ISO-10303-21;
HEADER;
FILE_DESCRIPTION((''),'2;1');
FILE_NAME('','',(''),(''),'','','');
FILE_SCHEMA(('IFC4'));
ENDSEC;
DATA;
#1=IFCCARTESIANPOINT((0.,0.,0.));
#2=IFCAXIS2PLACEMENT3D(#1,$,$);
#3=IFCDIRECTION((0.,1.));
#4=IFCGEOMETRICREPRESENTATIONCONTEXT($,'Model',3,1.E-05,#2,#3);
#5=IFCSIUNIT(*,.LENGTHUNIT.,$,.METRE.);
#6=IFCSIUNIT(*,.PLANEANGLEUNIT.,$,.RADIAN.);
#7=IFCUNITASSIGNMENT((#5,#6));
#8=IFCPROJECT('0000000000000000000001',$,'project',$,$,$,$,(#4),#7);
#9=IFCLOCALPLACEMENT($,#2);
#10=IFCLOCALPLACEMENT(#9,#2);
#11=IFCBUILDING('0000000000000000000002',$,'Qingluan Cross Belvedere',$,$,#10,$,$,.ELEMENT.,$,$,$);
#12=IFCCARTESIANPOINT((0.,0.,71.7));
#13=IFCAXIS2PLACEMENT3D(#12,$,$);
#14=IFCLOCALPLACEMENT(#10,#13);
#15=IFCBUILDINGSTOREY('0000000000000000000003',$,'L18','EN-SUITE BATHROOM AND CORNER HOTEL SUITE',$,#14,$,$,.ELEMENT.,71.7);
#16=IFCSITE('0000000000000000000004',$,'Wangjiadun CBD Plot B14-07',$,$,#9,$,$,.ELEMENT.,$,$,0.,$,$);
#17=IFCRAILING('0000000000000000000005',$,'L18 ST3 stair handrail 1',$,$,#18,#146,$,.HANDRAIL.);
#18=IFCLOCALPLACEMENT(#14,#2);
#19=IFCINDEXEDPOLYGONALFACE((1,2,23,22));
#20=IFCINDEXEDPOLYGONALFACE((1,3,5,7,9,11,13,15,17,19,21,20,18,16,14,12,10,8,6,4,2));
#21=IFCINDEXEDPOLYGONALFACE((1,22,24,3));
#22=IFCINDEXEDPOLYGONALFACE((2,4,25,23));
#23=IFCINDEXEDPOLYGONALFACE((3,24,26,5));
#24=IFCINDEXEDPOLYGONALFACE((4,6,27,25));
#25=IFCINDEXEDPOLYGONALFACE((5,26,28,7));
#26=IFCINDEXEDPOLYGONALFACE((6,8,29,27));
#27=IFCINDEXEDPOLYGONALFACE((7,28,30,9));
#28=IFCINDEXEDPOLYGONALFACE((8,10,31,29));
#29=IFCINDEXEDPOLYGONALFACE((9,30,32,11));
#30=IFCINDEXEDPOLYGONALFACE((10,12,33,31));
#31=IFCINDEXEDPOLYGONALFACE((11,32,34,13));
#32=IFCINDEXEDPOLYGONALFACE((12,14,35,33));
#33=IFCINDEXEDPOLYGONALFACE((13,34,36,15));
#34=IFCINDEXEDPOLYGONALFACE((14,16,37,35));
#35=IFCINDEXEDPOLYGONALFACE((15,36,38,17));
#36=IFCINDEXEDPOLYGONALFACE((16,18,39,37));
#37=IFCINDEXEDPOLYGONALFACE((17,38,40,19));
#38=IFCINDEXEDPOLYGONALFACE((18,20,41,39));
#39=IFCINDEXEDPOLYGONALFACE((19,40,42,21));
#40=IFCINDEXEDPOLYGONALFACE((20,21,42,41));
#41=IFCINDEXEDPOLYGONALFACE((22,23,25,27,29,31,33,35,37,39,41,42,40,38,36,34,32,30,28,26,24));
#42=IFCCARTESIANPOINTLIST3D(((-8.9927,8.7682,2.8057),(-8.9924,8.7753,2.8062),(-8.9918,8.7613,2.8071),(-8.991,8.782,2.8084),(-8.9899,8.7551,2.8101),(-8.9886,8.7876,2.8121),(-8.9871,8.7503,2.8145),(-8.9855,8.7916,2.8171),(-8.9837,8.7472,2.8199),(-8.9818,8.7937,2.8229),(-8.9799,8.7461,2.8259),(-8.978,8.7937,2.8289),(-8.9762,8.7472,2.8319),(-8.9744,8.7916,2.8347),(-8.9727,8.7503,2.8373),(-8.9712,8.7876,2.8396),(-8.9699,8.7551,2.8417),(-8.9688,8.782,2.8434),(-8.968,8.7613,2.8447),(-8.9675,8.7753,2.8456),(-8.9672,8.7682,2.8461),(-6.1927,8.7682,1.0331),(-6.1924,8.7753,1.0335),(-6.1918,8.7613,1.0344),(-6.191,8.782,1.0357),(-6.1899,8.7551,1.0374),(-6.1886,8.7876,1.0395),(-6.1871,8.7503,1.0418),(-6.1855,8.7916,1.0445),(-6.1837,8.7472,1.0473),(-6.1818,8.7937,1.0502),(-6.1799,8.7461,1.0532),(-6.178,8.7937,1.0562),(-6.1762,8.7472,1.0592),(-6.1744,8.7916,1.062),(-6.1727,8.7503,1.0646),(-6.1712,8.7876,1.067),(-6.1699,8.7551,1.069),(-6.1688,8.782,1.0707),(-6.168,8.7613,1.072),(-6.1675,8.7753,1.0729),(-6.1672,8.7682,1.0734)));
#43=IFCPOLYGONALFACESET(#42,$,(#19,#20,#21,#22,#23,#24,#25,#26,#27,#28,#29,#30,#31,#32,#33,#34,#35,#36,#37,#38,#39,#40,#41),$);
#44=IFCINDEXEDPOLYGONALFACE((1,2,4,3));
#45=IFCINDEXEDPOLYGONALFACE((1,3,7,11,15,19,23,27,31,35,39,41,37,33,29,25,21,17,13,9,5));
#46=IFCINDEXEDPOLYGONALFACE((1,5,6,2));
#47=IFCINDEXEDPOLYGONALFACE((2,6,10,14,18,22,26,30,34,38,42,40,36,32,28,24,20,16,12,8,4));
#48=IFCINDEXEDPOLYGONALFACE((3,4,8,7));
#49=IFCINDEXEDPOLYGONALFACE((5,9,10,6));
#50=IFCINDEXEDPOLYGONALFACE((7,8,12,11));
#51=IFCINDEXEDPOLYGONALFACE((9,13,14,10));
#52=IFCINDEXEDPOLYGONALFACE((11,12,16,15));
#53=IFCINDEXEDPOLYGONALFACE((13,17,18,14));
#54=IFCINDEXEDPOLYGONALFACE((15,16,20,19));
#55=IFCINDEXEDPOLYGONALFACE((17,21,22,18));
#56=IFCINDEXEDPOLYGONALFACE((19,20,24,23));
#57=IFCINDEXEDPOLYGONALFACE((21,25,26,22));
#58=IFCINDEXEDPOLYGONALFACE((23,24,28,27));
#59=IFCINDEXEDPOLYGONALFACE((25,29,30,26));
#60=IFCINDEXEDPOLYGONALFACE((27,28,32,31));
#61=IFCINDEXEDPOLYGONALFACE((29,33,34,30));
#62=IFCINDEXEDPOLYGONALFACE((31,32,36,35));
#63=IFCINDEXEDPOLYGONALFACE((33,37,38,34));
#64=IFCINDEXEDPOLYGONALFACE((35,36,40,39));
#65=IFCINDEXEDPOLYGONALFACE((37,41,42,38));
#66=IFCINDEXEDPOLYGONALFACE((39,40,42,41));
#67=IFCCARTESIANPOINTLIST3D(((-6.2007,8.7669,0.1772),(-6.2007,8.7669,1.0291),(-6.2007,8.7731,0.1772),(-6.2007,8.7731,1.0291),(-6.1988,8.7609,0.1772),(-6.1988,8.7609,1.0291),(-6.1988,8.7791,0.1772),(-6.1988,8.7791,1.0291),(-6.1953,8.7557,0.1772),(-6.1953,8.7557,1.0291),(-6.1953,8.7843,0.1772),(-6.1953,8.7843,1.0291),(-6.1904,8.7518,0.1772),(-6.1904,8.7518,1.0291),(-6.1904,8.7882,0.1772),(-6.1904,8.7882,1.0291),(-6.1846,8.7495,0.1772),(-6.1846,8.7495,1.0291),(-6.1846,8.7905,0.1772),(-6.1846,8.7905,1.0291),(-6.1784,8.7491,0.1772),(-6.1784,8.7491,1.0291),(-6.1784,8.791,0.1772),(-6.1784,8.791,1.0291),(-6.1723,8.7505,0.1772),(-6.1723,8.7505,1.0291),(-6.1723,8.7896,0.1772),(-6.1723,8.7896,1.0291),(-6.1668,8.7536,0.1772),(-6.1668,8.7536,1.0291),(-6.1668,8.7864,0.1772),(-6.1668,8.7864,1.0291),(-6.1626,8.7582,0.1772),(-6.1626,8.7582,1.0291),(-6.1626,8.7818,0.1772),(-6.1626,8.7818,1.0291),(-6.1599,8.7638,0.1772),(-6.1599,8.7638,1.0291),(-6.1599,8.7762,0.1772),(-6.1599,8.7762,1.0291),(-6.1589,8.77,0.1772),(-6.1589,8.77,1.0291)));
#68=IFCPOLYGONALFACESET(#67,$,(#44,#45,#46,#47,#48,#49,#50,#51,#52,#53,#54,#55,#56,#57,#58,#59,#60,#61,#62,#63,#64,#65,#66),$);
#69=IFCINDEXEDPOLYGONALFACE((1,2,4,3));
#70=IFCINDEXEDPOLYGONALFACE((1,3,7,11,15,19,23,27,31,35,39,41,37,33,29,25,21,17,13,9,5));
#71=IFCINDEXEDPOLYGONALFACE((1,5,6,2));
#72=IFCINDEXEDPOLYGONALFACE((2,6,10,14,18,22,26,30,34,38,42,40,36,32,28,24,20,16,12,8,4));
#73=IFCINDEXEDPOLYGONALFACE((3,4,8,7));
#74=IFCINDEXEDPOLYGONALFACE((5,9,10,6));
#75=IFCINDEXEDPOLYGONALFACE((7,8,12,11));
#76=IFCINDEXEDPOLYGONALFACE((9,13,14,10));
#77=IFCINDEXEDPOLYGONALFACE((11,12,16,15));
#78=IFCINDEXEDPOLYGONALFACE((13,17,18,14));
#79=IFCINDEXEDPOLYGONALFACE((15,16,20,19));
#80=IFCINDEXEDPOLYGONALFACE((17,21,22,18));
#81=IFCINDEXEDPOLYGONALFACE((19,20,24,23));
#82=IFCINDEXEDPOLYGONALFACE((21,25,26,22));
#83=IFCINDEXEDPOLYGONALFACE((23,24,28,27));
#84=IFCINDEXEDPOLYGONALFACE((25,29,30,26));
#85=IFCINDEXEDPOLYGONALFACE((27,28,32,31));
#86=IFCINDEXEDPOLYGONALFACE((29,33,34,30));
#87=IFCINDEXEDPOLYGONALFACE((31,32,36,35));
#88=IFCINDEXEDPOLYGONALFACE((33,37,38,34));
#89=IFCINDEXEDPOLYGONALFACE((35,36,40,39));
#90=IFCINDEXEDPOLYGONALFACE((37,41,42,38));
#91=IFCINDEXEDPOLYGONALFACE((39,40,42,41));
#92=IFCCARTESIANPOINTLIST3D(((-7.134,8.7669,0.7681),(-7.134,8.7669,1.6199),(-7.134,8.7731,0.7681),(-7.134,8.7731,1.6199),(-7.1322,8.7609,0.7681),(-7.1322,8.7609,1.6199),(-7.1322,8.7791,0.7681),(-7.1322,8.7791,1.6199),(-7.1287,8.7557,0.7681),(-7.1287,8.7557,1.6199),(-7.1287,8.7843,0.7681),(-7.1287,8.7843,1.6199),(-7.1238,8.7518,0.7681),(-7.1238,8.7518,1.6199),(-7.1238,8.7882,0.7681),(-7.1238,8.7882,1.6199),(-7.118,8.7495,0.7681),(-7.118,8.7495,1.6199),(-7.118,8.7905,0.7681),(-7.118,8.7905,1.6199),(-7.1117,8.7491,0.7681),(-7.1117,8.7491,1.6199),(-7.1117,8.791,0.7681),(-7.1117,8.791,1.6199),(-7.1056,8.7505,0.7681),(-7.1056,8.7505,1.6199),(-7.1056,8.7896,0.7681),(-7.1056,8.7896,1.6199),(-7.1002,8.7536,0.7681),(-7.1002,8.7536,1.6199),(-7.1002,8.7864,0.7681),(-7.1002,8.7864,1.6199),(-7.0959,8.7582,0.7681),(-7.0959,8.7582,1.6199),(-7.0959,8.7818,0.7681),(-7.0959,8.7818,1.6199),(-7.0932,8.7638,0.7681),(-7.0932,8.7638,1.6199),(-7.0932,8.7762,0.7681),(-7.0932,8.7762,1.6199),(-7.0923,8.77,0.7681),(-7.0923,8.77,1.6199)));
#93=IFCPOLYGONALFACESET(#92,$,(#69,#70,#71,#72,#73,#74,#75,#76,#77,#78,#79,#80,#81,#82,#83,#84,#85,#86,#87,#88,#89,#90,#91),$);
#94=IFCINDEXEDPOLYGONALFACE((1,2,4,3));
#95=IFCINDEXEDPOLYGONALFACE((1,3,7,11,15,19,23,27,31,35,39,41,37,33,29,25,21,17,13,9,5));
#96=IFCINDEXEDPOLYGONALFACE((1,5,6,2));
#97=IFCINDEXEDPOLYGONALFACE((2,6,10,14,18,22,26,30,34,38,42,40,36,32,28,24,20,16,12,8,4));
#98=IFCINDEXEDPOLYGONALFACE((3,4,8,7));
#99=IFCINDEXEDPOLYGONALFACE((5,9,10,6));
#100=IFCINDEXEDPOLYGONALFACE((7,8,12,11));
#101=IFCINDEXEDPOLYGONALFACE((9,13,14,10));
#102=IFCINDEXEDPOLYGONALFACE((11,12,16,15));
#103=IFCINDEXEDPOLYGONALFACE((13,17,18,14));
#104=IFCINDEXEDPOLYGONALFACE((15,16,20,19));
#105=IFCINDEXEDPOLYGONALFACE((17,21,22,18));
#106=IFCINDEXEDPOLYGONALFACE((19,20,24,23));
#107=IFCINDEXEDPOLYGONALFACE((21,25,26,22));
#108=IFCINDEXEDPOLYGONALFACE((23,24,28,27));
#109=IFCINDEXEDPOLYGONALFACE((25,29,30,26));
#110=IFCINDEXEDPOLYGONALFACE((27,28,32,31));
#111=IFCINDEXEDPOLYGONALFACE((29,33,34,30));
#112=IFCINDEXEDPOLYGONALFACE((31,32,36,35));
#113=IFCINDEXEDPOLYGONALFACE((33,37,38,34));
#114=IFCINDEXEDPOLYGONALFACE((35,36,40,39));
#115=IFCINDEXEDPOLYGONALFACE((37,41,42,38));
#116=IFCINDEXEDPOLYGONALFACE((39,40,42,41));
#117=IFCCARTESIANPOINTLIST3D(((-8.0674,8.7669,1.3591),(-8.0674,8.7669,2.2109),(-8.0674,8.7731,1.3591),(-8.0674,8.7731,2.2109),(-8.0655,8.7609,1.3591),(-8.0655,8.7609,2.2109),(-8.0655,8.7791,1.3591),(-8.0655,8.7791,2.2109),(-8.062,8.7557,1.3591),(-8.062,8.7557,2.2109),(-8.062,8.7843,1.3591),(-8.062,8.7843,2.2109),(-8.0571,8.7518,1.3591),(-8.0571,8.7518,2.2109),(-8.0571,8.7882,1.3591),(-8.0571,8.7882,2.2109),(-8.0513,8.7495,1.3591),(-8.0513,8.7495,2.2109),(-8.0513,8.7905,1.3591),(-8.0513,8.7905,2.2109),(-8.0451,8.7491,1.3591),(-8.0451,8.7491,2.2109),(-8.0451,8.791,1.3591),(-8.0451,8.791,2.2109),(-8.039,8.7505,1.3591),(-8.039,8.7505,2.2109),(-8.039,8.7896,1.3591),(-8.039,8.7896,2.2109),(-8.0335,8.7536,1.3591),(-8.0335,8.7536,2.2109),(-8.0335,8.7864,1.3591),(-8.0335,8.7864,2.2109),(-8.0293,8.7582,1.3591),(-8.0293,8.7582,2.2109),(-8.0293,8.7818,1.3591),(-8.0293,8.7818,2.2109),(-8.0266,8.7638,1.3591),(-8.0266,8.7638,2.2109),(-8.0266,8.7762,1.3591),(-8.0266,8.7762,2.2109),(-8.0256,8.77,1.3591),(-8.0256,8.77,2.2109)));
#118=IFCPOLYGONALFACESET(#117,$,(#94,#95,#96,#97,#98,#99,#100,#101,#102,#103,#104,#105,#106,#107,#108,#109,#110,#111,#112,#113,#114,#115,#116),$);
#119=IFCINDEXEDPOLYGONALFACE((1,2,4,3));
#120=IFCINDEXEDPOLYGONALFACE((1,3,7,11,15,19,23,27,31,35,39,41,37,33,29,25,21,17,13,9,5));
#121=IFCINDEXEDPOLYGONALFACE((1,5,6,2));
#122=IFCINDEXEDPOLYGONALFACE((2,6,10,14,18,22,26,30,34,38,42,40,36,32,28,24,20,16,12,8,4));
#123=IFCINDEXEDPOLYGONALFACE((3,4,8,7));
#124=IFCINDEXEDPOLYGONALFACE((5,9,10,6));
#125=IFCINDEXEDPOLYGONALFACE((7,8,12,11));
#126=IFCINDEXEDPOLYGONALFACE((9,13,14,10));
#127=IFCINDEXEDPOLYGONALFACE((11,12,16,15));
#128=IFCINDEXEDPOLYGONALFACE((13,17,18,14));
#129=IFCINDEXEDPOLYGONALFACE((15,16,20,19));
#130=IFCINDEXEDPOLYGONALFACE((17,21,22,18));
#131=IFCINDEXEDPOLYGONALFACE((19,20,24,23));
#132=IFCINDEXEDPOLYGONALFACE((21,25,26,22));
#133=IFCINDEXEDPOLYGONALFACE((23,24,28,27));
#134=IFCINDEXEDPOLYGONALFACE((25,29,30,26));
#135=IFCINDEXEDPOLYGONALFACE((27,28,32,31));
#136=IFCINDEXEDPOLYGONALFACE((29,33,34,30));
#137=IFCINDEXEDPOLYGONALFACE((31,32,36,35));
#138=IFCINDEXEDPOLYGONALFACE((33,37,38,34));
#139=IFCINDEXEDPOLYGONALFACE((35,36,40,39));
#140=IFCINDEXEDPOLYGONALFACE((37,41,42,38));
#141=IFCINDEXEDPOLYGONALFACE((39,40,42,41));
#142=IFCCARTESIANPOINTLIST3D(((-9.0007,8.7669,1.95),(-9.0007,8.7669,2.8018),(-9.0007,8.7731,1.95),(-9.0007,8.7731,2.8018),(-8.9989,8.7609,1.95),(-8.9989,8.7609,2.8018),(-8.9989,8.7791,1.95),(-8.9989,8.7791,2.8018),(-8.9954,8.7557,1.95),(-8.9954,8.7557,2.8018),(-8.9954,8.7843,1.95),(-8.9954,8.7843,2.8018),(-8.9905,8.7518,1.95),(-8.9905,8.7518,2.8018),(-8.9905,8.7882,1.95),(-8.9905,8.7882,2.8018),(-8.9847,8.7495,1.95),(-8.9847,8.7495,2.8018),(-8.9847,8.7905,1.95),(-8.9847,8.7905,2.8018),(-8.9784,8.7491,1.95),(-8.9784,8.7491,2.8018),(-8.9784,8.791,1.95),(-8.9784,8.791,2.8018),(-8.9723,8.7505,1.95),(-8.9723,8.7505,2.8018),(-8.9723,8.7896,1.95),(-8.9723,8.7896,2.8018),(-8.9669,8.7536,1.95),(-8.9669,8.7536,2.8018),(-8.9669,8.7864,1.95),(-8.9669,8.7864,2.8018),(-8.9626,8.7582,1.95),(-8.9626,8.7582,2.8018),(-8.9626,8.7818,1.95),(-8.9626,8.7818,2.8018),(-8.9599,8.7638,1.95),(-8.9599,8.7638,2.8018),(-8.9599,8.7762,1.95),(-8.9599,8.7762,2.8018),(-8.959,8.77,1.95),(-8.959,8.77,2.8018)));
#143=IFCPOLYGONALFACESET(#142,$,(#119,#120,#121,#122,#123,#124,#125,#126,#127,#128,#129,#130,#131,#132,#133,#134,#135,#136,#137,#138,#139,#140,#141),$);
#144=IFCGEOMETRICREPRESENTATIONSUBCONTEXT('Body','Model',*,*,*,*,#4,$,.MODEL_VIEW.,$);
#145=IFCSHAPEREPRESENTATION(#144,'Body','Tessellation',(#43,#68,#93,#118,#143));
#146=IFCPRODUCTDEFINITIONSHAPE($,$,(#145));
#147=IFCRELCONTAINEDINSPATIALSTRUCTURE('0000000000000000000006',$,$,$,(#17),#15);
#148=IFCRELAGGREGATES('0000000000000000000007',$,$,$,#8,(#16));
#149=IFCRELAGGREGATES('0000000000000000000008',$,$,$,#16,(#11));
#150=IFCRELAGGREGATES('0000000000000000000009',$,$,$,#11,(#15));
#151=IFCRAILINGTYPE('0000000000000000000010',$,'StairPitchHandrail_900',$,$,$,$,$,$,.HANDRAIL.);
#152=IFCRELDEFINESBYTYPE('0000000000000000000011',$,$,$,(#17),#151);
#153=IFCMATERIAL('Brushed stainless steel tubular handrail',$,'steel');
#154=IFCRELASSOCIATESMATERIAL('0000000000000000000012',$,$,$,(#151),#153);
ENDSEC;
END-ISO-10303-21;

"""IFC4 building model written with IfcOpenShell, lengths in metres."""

from ifc_helpers import new_model, si_unit, direction, frame, origin, origin_2d, place, context, subcontext, project, spatial, circle, extrude, material, type_object, element, save


model = new_model("IFC4")

# Units and contexts
model_context = context("Model", 3, precision=1e-05, world=origin(), true_north=direction((0.0, 1.0)))
body_context = subcontext(model_context, "Body", "Model", "MODEL_VIEW")
ifc_project = project(units=[si_unit("LENGTHUNIT", "METRE"), si_unit("PLANEANGLEUNIT", "RADIAN")], contexts=[model_context])

# Site, building, storey
site_placement = place(None, origin())
site = spatial("IfcSite", under=ifc_project, at=site_placement, Name="Wangjiadun CBD Plot B14-07", CompositionType="ELEMENT", RefElevation=0.0)
building_placement = place(site_placement, origin())
building = spatial("IfcBuilding", under=site, at=building_placement, Name="Qingluan Cross Belvedere", CompositionType="ELEMENT")
storey_placement = place(building_placement, frame((0.0, 0.0, 71.7)))
storey = spatial("IfcBuildingStorey", under=building, at=storey_placement, Name="L18", Description="EN-SUITE BATHROOM AND CORNER HOTEL SUITE", CompositionType="ELEMENT", Elevation=71.7)

# Railing
ifc_material_1 = material(Name="Brushed stainless steel tubular handrail", Category="steel")
railing_type_1 = type_object("IfcRailingType", Name="StairPitchHandrail_900", PredefinedType="HANDRAIL", material=ifc_material_1)
railing_1_placement = place(storey_placement, frame((-6.1799, 8.77, 0.1772)))
element("IfcRailing", 1, at=railing_1_placement, inside=storey, type_object=railing_type_1, Name="L18 ST3 stair handrail 1", PredefinedType="HANDRAIL", context=body_context, shape_type="SweptSolid", body=[
    extrude(circle(Radius=0.0239, at=origin_2d()), frame((0.0, 0.0, 0.876), z_axis=(-0.844909, 0.0, 0.53491), x_axis=(0.0, -1.0, 0.0)), (0.0, 0.0, 1.0), 3.314),
    extrude(circle(Radius=0.021, at=origin_2d()), origin(), (0.0, 0.0, 1.0), 0.8518),
    extrude(circle(Radius=0.021, at=origin_2d()), frame((-0.9333, 0.0, 0.5908)), (0.0, 0.0, 1.0), 0.8518),
    extrude(circle(Radius=0.021, at=origin_2d()), frame((-1.8667, 0.0, 1.1819)), (0.0, 0.0, 1.0), 0.8518),
    extrude(circle(Radius=0.021, at=origin_2d()), frame((-2.8, 0.0, 1.7727)), (0.0, 0.0, 1.0), 0.8518),
])

save(model, "model.ifc")
